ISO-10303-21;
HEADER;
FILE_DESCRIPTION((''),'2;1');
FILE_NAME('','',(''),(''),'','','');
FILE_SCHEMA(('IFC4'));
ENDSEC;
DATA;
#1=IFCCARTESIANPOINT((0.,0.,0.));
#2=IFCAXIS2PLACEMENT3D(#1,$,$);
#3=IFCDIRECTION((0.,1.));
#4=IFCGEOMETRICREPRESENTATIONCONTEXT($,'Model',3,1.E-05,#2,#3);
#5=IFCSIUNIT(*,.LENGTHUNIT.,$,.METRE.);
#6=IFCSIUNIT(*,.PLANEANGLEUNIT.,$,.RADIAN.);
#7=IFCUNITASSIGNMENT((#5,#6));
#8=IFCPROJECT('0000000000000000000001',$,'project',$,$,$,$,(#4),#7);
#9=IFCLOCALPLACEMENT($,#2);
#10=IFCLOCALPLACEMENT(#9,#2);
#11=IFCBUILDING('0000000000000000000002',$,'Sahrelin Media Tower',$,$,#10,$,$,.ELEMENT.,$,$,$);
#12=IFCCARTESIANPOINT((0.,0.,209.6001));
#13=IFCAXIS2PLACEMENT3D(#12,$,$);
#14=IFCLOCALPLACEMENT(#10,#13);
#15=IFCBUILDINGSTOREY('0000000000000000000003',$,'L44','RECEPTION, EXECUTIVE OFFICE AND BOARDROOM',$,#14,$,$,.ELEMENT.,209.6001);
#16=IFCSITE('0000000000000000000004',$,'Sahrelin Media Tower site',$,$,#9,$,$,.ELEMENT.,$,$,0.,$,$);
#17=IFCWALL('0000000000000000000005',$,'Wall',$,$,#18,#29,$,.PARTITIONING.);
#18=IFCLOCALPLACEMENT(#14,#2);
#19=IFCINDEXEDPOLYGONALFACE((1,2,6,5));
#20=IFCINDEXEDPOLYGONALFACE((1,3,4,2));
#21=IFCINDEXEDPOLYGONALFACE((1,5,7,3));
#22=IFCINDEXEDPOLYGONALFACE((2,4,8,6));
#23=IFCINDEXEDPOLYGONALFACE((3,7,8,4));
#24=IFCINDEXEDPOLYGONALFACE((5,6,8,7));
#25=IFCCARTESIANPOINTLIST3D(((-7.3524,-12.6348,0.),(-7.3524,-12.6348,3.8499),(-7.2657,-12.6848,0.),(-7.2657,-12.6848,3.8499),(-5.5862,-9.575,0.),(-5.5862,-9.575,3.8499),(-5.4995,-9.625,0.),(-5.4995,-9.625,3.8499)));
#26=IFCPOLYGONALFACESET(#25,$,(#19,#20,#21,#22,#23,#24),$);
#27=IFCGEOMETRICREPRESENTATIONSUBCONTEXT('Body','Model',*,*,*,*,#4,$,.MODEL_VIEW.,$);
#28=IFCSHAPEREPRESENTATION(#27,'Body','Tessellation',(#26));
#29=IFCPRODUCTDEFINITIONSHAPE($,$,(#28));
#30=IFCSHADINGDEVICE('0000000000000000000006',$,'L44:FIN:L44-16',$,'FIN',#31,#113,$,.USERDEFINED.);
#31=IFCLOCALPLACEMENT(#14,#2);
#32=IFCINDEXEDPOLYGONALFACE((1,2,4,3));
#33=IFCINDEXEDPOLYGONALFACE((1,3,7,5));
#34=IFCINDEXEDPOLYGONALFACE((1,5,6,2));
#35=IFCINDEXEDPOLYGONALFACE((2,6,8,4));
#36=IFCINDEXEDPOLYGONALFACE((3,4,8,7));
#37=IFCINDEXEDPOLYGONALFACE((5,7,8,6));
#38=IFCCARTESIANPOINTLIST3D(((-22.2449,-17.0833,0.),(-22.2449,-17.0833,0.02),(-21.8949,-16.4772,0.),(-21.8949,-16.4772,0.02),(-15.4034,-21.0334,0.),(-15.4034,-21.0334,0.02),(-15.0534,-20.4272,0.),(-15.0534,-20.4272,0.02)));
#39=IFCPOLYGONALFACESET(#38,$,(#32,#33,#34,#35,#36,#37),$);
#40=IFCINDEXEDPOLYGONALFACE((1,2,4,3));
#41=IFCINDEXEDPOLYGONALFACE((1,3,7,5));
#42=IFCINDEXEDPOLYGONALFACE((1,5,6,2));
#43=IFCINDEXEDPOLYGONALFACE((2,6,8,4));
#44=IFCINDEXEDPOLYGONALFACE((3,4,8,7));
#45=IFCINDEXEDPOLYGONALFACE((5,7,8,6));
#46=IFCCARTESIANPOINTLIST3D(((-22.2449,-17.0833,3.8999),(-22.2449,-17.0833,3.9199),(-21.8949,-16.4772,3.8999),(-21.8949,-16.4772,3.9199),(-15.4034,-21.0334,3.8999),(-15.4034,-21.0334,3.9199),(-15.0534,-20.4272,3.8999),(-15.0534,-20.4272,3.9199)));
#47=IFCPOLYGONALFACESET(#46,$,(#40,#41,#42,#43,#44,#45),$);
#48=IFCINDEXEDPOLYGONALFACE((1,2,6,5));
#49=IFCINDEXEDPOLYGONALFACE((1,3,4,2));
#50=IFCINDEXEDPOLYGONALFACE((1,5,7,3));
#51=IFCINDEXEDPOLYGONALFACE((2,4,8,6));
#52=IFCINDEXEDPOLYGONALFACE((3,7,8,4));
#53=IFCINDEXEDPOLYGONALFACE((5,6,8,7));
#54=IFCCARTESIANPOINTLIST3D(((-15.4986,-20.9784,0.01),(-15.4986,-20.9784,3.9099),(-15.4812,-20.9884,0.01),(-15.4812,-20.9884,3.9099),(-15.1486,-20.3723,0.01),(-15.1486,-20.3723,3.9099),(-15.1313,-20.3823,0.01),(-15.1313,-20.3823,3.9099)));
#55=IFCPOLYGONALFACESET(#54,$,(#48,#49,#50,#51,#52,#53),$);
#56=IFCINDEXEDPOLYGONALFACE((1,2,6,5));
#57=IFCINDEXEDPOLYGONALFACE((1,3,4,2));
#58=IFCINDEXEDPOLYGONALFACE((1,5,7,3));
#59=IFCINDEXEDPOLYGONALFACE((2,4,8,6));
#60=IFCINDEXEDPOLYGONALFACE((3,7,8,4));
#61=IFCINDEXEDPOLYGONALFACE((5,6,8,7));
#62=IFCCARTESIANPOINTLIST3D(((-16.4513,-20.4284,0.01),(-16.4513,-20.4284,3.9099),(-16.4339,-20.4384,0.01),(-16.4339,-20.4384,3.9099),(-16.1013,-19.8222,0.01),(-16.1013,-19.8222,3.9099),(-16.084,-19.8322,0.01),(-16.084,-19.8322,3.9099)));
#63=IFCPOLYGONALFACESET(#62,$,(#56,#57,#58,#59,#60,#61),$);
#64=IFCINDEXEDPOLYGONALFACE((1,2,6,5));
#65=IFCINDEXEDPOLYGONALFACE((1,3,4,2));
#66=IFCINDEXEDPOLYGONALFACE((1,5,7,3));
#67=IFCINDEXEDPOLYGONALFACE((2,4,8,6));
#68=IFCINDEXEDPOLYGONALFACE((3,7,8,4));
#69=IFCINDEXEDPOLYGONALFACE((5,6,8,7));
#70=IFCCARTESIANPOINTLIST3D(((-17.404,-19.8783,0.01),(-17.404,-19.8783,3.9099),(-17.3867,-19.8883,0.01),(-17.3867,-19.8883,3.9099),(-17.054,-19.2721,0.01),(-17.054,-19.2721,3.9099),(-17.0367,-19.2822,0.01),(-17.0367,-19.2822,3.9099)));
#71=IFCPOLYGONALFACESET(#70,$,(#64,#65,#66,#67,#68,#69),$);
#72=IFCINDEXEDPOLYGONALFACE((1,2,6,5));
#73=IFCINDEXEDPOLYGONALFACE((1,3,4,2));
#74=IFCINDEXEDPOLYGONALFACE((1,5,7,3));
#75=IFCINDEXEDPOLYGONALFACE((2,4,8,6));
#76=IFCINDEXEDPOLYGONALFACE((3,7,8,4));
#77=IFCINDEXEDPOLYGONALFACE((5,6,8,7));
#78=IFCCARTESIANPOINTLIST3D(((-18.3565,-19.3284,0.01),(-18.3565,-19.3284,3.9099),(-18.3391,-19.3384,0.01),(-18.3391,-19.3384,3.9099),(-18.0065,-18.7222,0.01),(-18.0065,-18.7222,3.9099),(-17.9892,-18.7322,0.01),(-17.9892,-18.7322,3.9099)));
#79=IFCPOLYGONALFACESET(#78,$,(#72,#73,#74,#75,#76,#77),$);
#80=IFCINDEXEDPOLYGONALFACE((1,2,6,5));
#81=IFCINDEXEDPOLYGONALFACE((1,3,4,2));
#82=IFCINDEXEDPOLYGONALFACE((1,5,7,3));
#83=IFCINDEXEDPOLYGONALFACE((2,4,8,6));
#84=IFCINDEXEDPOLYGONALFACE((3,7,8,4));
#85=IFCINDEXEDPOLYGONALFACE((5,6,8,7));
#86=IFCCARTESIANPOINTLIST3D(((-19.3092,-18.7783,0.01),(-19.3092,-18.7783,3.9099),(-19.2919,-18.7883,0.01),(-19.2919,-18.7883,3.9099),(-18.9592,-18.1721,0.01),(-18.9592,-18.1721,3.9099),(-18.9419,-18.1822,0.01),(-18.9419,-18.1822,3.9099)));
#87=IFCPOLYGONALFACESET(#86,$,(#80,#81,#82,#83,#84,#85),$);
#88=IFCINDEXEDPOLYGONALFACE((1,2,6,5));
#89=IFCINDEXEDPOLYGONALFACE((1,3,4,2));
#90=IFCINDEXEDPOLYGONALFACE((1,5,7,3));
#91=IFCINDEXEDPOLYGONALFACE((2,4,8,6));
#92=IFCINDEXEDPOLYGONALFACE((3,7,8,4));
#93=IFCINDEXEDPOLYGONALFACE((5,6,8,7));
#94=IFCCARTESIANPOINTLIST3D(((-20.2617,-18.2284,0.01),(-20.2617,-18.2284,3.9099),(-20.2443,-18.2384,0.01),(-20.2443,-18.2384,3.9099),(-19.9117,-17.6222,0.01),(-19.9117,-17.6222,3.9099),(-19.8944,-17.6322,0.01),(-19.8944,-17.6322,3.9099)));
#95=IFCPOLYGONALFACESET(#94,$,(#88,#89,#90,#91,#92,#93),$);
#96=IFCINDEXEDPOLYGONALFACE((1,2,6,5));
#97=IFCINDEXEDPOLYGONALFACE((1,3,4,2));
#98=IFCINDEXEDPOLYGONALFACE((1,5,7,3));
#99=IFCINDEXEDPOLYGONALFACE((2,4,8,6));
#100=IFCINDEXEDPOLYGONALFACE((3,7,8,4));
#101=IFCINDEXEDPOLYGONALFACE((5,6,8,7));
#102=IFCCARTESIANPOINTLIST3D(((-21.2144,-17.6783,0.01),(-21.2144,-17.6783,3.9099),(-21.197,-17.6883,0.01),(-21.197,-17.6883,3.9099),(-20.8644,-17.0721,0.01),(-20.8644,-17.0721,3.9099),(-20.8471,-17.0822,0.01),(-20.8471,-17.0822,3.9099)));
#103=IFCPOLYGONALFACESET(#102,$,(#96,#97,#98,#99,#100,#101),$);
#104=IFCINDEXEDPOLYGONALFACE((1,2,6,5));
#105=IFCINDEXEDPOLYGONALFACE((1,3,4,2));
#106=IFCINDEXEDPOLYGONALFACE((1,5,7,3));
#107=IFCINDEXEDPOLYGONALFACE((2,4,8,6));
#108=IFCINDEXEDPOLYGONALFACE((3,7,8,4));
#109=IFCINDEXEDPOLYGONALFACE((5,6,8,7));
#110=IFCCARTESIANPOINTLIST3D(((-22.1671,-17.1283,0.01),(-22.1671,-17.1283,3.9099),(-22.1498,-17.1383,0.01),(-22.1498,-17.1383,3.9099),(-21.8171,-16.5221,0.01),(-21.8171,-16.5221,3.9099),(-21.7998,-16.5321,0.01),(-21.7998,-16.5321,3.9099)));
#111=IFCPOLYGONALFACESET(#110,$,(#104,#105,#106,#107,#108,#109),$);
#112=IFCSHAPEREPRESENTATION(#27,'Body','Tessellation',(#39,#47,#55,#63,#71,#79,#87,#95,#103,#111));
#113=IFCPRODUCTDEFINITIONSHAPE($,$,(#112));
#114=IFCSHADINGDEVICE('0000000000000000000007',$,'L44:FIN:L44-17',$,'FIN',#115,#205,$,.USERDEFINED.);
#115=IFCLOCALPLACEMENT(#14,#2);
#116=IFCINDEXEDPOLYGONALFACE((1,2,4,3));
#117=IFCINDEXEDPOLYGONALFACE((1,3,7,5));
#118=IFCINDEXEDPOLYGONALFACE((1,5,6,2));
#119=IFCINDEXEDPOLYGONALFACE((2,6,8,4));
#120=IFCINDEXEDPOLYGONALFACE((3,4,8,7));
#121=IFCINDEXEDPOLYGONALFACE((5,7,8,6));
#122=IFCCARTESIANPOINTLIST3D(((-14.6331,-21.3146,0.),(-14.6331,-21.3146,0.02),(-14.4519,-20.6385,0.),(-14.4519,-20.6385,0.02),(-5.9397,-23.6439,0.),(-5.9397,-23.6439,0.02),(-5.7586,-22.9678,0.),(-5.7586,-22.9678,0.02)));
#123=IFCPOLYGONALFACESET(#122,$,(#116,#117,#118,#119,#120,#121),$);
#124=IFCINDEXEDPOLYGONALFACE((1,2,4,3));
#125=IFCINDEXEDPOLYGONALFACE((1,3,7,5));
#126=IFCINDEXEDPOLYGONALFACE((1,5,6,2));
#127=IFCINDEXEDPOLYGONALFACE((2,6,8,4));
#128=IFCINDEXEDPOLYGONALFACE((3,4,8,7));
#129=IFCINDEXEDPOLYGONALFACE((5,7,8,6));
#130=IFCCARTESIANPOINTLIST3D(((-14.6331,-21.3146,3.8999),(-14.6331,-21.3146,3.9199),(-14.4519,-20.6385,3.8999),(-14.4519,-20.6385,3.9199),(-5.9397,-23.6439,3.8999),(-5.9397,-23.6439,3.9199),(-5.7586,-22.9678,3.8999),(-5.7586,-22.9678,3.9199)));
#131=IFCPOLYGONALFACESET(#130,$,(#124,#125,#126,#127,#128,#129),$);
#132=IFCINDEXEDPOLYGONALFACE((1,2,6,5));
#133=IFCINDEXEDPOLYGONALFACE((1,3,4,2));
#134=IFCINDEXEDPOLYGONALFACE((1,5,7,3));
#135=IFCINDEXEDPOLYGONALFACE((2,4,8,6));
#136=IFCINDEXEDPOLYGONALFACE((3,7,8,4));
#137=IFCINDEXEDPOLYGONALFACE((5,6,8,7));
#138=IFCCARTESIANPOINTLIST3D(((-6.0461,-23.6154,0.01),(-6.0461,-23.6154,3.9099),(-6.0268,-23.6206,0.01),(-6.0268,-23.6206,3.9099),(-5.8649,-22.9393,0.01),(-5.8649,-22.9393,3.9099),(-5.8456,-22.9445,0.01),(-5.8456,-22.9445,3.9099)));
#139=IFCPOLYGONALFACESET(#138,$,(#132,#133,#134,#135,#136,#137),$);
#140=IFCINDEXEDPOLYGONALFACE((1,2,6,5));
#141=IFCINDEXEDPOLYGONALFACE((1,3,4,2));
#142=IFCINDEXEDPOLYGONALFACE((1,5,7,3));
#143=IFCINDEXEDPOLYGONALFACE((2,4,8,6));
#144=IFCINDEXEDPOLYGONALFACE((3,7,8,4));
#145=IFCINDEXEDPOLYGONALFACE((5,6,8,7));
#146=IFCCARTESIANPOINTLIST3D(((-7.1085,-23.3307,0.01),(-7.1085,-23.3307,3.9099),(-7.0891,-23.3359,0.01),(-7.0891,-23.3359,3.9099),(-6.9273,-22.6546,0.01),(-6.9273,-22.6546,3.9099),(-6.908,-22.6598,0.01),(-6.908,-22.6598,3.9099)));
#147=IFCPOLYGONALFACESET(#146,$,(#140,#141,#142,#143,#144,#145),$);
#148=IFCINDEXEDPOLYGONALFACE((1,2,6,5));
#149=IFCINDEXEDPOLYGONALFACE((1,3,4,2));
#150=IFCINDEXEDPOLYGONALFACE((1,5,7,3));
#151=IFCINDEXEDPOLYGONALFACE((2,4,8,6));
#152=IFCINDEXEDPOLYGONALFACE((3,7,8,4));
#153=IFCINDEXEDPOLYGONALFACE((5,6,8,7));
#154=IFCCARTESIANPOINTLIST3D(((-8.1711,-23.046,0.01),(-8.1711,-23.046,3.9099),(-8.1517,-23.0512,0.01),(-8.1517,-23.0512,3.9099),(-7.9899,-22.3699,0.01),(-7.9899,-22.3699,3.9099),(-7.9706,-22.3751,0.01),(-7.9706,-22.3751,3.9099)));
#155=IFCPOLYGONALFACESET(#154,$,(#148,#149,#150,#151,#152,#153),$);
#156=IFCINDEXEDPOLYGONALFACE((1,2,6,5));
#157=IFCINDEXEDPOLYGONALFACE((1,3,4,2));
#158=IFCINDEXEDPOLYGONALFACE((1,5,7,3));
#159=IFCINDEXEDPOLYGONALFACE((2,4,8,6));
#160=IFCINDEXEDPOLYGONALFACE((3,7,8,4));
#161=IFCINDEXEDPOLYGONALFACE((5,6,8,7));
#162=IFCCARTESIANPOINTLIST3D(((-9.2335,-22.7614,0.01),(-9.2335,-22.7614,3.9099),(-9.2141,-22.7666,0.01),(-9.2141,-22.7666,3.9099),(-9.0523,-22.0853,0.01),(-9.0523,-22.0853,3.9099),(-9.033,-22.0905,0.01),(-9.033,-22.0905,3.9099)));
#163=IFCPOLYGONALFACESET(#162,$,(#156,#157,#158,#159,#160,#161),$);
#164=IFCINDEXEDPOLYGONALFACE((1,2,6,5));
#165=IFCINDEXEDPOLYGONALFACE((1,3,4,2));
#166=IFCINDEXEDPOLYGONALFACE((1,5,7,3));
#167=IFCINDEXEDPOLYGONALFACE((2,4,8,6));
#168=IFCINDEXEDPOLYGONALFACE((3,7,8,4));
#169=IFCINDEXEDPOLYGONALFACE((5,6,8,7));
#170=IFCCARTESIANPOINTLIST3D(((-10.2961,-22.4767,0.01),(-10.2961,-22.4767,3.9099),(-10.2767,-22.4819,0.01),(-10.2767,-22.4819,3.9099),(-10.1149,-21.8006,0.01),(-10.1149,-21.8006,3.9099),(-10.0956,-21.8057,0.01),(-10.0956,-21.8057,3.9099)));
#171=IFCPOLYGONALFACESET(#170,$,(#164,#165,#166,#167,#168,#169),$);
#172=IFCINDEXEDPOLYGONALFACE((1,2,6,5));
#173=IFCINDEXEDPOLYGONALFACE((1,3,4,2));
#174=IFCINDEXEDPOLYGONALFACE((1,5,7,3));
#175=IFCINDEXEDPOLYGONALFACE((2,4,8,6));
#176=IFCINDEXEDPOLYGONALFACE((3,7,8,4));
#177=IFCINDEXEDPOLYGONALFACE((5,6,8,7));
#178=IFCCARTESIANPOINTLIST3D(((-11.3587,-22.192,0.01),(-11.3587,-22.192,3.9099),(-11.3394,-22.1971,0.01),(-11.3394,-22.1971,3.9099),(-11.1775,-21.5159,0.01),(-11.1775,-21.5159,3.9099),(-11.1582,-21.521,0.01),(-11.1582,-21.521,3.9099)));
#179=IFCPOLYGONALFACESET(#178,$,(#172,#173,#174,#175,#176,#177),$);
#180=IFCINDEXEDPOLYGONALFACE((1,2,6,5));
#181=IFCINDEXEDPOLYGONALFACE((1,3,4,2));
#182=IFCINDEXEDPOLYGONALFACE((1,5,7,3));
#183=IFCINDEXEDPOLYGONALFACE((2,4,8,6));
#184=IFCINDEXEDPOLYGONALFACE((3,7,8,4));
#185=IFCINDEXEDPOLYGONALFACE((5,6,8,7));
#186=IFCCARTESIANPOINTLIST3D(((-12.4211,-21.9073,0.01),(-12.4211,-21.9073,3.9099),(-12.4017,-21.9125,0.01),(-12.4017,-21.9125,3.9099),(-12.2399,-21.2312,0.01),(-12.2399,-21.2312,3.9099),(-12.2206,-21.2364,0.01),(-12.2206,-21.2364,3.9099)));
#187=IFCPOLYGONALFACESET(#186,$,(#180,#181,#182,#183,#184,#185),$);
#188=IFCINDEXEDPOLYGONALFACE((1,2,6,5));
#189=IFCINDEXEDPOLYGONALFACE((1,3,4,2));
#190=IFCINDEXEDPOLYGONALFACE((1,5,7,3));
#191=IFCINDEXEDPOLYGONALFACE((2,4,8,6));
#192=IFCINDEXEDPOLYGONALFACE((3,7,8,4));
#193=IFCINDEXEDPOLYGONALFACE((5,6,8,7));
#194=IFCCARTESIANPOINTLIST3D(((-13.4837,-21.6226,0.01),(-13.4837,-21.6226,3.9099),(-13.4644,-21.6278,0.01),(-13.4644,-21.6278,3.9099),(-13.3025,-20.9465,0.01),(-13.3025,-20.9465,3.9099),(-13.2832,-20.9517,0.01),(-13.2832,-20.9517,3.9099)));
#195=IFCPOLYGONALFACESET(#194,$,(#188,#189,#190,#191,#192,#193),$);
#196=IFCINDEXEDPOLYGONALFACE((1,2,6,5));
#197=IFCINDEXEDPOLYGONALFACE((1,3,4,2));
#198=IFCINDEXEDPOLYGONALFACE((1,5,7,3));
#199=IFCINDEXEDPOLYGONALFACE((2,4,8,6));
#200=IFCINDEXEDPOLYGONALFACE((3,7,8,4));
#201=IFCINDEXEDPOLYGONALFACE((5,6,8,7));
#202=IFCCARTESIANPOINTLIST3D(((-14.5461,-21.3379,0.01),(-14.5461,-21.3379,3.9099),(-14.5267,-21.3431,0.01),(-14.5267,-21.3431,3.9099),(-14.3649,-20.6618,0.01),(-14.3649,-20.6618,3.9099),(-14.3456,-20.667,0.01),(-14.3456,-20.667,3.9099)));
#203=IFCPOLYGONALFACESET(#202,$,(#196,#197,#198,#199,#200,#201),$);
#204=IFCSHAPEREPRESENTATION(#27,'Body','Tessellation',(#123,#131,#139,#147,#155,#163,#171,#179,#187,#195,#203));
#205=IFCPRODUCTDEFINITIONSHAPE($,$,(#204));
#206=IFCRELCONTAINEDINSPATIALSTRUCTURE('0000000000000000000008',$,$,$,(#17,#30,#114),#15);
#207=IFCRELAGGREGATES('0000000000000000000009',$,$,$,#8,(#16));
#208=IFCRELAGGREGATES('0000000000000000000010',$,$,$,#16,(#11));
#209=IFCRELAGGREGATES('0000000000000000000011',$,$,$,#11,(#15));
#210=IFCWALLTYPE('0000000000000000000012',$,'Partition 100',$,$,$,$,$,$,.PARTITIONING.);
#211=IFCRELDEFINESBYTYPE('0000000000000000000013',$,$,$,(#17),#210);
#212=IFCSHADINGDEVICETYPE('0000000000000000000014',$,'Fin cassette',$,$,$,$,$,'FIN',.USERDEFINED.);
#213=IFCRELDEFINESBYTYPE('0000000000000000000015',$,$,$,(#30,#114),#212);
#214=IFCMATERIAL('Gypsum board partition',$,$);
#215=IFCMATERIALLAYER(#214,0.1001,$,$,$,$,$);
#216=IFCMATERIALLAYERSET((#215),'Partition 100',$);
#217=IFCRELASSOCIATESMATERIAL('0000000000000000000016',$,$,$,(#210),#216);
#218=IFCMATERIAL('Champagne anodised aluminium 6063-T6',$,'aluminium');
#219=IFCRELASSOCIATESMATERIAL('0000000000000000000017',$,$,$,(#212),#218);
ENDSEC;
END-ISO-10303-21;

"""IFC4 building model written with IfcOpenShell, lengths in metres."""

from ifc_helpers import new_model, si_unit, direction, frame, frame_2d, origin, origin_2d, place, context, subcontext, project, spatial, rectangle, extrude, material, layer, layer_set, type_object, element, save


model = new_model("IFC4")

# Units and contexts
model_context = context("Model", 3, precision=1e-05, world=origin(), true_north=direction((0.0, 1.0)))
body_context = subcontext(model_context, "Body", "Model", "MODEL_VIEW")
ifc_project = project(units=[si_unit("LENGTHUNIT", "METRE"), si_unit("PLANEANGLEUNIT", "RADIAN")], contexts=[model_context])

# Site, building, storey
site_placement = place(None, origin())
site = spatial("IfcSite", under=ifc_project, at=site_placement, Name="Sahrelin Media Tower site", CompositionType="ELEMENT", RefElevation=0.0)
building_placement = place(site_placement, origin())
building = spatial("IfcBuilding", under=site, at=building_placement, Name="Sahrelin Media Tower", CompositionType="ELEMENT")
storey_placement = place(building_placement, frame((0.0, 0.0, 209.6001)))
storey = spatial("IfcBuildingStorey", under=building, at=storey_placement, Name="L44", Description="RECEPTION, EXECUTIVE OFFICE AND BOARDROOM", CompositionType="ELEMENT", Elevation=209.6001)

# Shared definitions
ifc_material_1 = material(Name="Champagne anodised aluminium 6063-T6", Category="aluminium")

# Wall
ifc_material_2 = material(Name="Gypsum board partition")
ifc_layer_1 = layer(ifc_material_2, 0.1001)
ifc_layer_set_1 = layer_set([ifc_layer_1], Name="Partition 100")
wall_type = type_object("IfcWallType", Name="Partition 100", PredefinedType="PARTITIONING", material=ifc_layer_set_1)
wall_placement = place(storey_placement, frame((-7.3091, -12.6599, 0.0), z_axis=(0.0, 0.0, 1.0), x_axis=(0.4999, 0.866083, 0.0)))
element("IfcWall", 1, at=wall_placement, inside=storey, type_object=wall_type, Name="Wall", PredefinedType="PARTITIONING", context=body_context, shape_type="SweptSolid", body=[
    extrude(rectangle(XDim=3.533, YDim=0.1001, at=frame_2d((1.7666, 0.0))), origin(), (0.0, 0.0, 1.0), 3.8499),
])

# Shading devices
shading_device_type_1 = type_object("IfcShadingDeviceType", Name="Fin cassette", ElementType="FIN", PredefinedType="USERDEFINED", material=ifc_material_1)
placement_1 = place(storey_placement, frame((-18.4392, -18.3916, 0.0), z_axis=(0.0, 0.0, 1.0), x_axis=(-0.866019, 0.500011, 0.0)))
element("IfcShadingDevice", 2, at=placement_1, inside=storey, type_object=shading_device_type_1, Name="L44:FIN:L44-16", ObjectType="FIN", PredefinedType="USERDEFINED", context=body_context, shape_type="SweptSolid", body=[
    extrude(rectangle(XDim=7.8999, YDim=0.7, at=origin_2d()), frame((0.0, 0.4199, 0.0)), (0.0, 0.0, 1.0), 0.02),
    extrude(rectangle(XDim=7.8999, YDim=0.7, at=origin_2d()), frame((0.0, 0.4199, 3.8999)), (0.0, 0.0, 1.0), 0.02),
    extrude(rectangle(XDim=0.02, YDim=0.7, at=origin_2d()), frame((-3.8501, 0.4199, 0.01), z_axis=(0.0, 0.0, 1.0), x_axis=(1.0, 0.0, 0.0)), (0.0, 0.0, 1.0), 3.8999),
    extrude(rectangle(XDim=0.02, YDim=0.7, at=origin_2d()), frame((-2.75, 0.4199, 0.01), z_axis=(0.0, 0.0, 1.0), x_axis=(1.0, 0.0, 0.0)), (0.0, 0.0, 1.0), 3.8999),
    extrude(rectangle(XDim=0.02, YDim=0.7, at=origin_2d()), frame((-1.6499, 0.4199, 0.01), z_axis=(0.0, 0.0, 1.0), x_axis=(1.0, 0.0, 0.0)), (0.0, 0.0, 1.0), 3.8999),
    extrude(rectangle(XDim=0.02, YDim=0.7, at=origin_2d()), frame((-0.55, 0.4199, 0.01), z_axis=(0.0, 0.0, 1.0), x_axis=(1.0, 0.0, 0.0)), (0.0, 0.0, 1.0), 3.8999),
    extrude(rectangle(XDim=0.02, YDim=0.7, at=origin_2d()), frame((0.55, 0.4199, 0.01), z_axis=(0.0, 0.0, 1.0), x_axis=(1.0, 0.0, 0.0)), (0.0, 0.0, 1.0), 3.8999),
    extrude(rectangle(XDim=0.02, YDim=0.7, at=origin_2d()), frame((1.6499, 0.4199, 0.01), z_axis=(0.0, 0.0, 1.0), x_axis=(1.0, 0.0, 0.0)), (0.0, 0.0, 1.0), 3.8999),
    extrude(rectangle(XDim=0.02, YDim=0.7, at=origin_2d()), frame((2.75, 0.4199, 0.01), z_axis=(0.0, 0.0, 1.0), x_axis=(1.0, 0.0, 0.0)), (0.0, 0.0, 1.0), 3.8999),
    extrude(rectangle(XDim=0.02, YDim=0.7, at=origin_2d()), frame((3.8501, 0.4199, 0.01), z_axis=(0.0, 0.0, 1.0), x_axis=(1.0, 0.0, 0.0)), (0.0, 0.0, 1.0), 3.8999),
])
placement_2 = place(storey_placement, frame((-10.0872, -21.7356, 0.0), z_axis=(0.0, 0.0, 1.0), x_axis=(-0.965929, 0.258808, 0.0)))
element("IfcShadingDevice", 3, at=placement_2, inside=storey, type_object=shading_device_type_1, Name="L44:FIN:L44-17", ObjectType="FIN", PredefinedType="USERDEFINED", context=body_context, shape_type="SweptSolid", body=[
    extrude(rectangle(XDim=9.0, YDim=0.7, at=origin_2d()), frame((0.0, 0.4199, 0.0)), (0.0, 0.0, 1.0), 0.02),
    extrude(rectangle(XDim=9.0, YDim=0.7, at=origin_2d()), frame((0.0, 0.4199, 3.8999)), (0.0, 0.0, 1.0), 0.02),
    extrude(rectangle(XDim=0.02, YDim=0.7, at=origin_2d()), frame((-4.3999, 0.4199, 0.01), z_axis=(0.0, 0.0, 1.0), x_axis=(1.0, 0.0, 0.0)), (0.0, 0.0, 1.0), 3.8999),
    extrude(rectangle(XDim=0.02, YDim=0.7, at=origin_2d()), frame((-3.3, 0.4199, 0.01), z_axis=(0.0, 0.0, 1.0), x_axis=(1.0, 0.0, 0.0)), (0.0, 0.0, 1.0), 3.8999),
    extrude(rectangle(XDim=0.02, YDim=0.7, at=origin_2d()), frame((-2.2, 0.4199, 0.01), z_axis=(0.0, 0.0, 1.0), x_axis=(1.0, 0.0, 0.0)), (0.0, 0.0, 1.0), 3.8999),
    extrude(rectangle(XDim=0.02, YDim=0.7, at=origin_2d()), frame((-1.1001, 0.4199, 0.01), z_axis=(0.0, 0.0, 1.0), x_axis=(1.0, 0.0, 0.0)), (0.0, 0.0, 1.0), 3.8999),
    extrude(rectangle(XDim=0.02, YDim=0.7, at=origin_2d()), frame((0.0, 0.4199, 0.01), z_axis=(0.0, 0.0, 1.0), x_axis=(1.0, 0.0, 0.0)), (0.0, 0.0, 1.0), 3.8999),
    extrude(rectangle(XDim=0.02, YDim=0.7, at=origin_2d()), frame((1.1001, 0.4199, 0.01), z_axis=(0.0, 0.0, 1.0), x_axis=(1.0, 0.0, 0.0)), (0.0, 0.0, 1.0), 3.8999),
    extrude(rectangle(XDim=0.02, YDim=0.7, at=origin_2d()), frame((2.2, 0.4199, 0.01), z_axis=(0.0, 0.0, 1.0), x_axis=(1.0, 0.0, 0.0)), (0.0, 0.0, 1.0), 3.8999),
    extrude(rectangle(XDim=0.02, YDim=0.7, at=origin_2d()), frame((3.3, 0.4199, 0.01), z_axis=(0.0, 0.0, 1.0), x_axis=(1.0, 0.0, 0.0)), (0.0, 0.0, 1.0), 3.8999),
    extrude(rectangle(XDim=0.02, YDim=0.7, at=origin_2d()), frame((4.3999, 0.4199, 0.01), z_axis=(0.0, 0.0, 1.0), x_axis=(1.0, 0.0, 0.0)), (0.0, 0.0, 1.0), 3.8999),
])

save(model, "model.ifc")
